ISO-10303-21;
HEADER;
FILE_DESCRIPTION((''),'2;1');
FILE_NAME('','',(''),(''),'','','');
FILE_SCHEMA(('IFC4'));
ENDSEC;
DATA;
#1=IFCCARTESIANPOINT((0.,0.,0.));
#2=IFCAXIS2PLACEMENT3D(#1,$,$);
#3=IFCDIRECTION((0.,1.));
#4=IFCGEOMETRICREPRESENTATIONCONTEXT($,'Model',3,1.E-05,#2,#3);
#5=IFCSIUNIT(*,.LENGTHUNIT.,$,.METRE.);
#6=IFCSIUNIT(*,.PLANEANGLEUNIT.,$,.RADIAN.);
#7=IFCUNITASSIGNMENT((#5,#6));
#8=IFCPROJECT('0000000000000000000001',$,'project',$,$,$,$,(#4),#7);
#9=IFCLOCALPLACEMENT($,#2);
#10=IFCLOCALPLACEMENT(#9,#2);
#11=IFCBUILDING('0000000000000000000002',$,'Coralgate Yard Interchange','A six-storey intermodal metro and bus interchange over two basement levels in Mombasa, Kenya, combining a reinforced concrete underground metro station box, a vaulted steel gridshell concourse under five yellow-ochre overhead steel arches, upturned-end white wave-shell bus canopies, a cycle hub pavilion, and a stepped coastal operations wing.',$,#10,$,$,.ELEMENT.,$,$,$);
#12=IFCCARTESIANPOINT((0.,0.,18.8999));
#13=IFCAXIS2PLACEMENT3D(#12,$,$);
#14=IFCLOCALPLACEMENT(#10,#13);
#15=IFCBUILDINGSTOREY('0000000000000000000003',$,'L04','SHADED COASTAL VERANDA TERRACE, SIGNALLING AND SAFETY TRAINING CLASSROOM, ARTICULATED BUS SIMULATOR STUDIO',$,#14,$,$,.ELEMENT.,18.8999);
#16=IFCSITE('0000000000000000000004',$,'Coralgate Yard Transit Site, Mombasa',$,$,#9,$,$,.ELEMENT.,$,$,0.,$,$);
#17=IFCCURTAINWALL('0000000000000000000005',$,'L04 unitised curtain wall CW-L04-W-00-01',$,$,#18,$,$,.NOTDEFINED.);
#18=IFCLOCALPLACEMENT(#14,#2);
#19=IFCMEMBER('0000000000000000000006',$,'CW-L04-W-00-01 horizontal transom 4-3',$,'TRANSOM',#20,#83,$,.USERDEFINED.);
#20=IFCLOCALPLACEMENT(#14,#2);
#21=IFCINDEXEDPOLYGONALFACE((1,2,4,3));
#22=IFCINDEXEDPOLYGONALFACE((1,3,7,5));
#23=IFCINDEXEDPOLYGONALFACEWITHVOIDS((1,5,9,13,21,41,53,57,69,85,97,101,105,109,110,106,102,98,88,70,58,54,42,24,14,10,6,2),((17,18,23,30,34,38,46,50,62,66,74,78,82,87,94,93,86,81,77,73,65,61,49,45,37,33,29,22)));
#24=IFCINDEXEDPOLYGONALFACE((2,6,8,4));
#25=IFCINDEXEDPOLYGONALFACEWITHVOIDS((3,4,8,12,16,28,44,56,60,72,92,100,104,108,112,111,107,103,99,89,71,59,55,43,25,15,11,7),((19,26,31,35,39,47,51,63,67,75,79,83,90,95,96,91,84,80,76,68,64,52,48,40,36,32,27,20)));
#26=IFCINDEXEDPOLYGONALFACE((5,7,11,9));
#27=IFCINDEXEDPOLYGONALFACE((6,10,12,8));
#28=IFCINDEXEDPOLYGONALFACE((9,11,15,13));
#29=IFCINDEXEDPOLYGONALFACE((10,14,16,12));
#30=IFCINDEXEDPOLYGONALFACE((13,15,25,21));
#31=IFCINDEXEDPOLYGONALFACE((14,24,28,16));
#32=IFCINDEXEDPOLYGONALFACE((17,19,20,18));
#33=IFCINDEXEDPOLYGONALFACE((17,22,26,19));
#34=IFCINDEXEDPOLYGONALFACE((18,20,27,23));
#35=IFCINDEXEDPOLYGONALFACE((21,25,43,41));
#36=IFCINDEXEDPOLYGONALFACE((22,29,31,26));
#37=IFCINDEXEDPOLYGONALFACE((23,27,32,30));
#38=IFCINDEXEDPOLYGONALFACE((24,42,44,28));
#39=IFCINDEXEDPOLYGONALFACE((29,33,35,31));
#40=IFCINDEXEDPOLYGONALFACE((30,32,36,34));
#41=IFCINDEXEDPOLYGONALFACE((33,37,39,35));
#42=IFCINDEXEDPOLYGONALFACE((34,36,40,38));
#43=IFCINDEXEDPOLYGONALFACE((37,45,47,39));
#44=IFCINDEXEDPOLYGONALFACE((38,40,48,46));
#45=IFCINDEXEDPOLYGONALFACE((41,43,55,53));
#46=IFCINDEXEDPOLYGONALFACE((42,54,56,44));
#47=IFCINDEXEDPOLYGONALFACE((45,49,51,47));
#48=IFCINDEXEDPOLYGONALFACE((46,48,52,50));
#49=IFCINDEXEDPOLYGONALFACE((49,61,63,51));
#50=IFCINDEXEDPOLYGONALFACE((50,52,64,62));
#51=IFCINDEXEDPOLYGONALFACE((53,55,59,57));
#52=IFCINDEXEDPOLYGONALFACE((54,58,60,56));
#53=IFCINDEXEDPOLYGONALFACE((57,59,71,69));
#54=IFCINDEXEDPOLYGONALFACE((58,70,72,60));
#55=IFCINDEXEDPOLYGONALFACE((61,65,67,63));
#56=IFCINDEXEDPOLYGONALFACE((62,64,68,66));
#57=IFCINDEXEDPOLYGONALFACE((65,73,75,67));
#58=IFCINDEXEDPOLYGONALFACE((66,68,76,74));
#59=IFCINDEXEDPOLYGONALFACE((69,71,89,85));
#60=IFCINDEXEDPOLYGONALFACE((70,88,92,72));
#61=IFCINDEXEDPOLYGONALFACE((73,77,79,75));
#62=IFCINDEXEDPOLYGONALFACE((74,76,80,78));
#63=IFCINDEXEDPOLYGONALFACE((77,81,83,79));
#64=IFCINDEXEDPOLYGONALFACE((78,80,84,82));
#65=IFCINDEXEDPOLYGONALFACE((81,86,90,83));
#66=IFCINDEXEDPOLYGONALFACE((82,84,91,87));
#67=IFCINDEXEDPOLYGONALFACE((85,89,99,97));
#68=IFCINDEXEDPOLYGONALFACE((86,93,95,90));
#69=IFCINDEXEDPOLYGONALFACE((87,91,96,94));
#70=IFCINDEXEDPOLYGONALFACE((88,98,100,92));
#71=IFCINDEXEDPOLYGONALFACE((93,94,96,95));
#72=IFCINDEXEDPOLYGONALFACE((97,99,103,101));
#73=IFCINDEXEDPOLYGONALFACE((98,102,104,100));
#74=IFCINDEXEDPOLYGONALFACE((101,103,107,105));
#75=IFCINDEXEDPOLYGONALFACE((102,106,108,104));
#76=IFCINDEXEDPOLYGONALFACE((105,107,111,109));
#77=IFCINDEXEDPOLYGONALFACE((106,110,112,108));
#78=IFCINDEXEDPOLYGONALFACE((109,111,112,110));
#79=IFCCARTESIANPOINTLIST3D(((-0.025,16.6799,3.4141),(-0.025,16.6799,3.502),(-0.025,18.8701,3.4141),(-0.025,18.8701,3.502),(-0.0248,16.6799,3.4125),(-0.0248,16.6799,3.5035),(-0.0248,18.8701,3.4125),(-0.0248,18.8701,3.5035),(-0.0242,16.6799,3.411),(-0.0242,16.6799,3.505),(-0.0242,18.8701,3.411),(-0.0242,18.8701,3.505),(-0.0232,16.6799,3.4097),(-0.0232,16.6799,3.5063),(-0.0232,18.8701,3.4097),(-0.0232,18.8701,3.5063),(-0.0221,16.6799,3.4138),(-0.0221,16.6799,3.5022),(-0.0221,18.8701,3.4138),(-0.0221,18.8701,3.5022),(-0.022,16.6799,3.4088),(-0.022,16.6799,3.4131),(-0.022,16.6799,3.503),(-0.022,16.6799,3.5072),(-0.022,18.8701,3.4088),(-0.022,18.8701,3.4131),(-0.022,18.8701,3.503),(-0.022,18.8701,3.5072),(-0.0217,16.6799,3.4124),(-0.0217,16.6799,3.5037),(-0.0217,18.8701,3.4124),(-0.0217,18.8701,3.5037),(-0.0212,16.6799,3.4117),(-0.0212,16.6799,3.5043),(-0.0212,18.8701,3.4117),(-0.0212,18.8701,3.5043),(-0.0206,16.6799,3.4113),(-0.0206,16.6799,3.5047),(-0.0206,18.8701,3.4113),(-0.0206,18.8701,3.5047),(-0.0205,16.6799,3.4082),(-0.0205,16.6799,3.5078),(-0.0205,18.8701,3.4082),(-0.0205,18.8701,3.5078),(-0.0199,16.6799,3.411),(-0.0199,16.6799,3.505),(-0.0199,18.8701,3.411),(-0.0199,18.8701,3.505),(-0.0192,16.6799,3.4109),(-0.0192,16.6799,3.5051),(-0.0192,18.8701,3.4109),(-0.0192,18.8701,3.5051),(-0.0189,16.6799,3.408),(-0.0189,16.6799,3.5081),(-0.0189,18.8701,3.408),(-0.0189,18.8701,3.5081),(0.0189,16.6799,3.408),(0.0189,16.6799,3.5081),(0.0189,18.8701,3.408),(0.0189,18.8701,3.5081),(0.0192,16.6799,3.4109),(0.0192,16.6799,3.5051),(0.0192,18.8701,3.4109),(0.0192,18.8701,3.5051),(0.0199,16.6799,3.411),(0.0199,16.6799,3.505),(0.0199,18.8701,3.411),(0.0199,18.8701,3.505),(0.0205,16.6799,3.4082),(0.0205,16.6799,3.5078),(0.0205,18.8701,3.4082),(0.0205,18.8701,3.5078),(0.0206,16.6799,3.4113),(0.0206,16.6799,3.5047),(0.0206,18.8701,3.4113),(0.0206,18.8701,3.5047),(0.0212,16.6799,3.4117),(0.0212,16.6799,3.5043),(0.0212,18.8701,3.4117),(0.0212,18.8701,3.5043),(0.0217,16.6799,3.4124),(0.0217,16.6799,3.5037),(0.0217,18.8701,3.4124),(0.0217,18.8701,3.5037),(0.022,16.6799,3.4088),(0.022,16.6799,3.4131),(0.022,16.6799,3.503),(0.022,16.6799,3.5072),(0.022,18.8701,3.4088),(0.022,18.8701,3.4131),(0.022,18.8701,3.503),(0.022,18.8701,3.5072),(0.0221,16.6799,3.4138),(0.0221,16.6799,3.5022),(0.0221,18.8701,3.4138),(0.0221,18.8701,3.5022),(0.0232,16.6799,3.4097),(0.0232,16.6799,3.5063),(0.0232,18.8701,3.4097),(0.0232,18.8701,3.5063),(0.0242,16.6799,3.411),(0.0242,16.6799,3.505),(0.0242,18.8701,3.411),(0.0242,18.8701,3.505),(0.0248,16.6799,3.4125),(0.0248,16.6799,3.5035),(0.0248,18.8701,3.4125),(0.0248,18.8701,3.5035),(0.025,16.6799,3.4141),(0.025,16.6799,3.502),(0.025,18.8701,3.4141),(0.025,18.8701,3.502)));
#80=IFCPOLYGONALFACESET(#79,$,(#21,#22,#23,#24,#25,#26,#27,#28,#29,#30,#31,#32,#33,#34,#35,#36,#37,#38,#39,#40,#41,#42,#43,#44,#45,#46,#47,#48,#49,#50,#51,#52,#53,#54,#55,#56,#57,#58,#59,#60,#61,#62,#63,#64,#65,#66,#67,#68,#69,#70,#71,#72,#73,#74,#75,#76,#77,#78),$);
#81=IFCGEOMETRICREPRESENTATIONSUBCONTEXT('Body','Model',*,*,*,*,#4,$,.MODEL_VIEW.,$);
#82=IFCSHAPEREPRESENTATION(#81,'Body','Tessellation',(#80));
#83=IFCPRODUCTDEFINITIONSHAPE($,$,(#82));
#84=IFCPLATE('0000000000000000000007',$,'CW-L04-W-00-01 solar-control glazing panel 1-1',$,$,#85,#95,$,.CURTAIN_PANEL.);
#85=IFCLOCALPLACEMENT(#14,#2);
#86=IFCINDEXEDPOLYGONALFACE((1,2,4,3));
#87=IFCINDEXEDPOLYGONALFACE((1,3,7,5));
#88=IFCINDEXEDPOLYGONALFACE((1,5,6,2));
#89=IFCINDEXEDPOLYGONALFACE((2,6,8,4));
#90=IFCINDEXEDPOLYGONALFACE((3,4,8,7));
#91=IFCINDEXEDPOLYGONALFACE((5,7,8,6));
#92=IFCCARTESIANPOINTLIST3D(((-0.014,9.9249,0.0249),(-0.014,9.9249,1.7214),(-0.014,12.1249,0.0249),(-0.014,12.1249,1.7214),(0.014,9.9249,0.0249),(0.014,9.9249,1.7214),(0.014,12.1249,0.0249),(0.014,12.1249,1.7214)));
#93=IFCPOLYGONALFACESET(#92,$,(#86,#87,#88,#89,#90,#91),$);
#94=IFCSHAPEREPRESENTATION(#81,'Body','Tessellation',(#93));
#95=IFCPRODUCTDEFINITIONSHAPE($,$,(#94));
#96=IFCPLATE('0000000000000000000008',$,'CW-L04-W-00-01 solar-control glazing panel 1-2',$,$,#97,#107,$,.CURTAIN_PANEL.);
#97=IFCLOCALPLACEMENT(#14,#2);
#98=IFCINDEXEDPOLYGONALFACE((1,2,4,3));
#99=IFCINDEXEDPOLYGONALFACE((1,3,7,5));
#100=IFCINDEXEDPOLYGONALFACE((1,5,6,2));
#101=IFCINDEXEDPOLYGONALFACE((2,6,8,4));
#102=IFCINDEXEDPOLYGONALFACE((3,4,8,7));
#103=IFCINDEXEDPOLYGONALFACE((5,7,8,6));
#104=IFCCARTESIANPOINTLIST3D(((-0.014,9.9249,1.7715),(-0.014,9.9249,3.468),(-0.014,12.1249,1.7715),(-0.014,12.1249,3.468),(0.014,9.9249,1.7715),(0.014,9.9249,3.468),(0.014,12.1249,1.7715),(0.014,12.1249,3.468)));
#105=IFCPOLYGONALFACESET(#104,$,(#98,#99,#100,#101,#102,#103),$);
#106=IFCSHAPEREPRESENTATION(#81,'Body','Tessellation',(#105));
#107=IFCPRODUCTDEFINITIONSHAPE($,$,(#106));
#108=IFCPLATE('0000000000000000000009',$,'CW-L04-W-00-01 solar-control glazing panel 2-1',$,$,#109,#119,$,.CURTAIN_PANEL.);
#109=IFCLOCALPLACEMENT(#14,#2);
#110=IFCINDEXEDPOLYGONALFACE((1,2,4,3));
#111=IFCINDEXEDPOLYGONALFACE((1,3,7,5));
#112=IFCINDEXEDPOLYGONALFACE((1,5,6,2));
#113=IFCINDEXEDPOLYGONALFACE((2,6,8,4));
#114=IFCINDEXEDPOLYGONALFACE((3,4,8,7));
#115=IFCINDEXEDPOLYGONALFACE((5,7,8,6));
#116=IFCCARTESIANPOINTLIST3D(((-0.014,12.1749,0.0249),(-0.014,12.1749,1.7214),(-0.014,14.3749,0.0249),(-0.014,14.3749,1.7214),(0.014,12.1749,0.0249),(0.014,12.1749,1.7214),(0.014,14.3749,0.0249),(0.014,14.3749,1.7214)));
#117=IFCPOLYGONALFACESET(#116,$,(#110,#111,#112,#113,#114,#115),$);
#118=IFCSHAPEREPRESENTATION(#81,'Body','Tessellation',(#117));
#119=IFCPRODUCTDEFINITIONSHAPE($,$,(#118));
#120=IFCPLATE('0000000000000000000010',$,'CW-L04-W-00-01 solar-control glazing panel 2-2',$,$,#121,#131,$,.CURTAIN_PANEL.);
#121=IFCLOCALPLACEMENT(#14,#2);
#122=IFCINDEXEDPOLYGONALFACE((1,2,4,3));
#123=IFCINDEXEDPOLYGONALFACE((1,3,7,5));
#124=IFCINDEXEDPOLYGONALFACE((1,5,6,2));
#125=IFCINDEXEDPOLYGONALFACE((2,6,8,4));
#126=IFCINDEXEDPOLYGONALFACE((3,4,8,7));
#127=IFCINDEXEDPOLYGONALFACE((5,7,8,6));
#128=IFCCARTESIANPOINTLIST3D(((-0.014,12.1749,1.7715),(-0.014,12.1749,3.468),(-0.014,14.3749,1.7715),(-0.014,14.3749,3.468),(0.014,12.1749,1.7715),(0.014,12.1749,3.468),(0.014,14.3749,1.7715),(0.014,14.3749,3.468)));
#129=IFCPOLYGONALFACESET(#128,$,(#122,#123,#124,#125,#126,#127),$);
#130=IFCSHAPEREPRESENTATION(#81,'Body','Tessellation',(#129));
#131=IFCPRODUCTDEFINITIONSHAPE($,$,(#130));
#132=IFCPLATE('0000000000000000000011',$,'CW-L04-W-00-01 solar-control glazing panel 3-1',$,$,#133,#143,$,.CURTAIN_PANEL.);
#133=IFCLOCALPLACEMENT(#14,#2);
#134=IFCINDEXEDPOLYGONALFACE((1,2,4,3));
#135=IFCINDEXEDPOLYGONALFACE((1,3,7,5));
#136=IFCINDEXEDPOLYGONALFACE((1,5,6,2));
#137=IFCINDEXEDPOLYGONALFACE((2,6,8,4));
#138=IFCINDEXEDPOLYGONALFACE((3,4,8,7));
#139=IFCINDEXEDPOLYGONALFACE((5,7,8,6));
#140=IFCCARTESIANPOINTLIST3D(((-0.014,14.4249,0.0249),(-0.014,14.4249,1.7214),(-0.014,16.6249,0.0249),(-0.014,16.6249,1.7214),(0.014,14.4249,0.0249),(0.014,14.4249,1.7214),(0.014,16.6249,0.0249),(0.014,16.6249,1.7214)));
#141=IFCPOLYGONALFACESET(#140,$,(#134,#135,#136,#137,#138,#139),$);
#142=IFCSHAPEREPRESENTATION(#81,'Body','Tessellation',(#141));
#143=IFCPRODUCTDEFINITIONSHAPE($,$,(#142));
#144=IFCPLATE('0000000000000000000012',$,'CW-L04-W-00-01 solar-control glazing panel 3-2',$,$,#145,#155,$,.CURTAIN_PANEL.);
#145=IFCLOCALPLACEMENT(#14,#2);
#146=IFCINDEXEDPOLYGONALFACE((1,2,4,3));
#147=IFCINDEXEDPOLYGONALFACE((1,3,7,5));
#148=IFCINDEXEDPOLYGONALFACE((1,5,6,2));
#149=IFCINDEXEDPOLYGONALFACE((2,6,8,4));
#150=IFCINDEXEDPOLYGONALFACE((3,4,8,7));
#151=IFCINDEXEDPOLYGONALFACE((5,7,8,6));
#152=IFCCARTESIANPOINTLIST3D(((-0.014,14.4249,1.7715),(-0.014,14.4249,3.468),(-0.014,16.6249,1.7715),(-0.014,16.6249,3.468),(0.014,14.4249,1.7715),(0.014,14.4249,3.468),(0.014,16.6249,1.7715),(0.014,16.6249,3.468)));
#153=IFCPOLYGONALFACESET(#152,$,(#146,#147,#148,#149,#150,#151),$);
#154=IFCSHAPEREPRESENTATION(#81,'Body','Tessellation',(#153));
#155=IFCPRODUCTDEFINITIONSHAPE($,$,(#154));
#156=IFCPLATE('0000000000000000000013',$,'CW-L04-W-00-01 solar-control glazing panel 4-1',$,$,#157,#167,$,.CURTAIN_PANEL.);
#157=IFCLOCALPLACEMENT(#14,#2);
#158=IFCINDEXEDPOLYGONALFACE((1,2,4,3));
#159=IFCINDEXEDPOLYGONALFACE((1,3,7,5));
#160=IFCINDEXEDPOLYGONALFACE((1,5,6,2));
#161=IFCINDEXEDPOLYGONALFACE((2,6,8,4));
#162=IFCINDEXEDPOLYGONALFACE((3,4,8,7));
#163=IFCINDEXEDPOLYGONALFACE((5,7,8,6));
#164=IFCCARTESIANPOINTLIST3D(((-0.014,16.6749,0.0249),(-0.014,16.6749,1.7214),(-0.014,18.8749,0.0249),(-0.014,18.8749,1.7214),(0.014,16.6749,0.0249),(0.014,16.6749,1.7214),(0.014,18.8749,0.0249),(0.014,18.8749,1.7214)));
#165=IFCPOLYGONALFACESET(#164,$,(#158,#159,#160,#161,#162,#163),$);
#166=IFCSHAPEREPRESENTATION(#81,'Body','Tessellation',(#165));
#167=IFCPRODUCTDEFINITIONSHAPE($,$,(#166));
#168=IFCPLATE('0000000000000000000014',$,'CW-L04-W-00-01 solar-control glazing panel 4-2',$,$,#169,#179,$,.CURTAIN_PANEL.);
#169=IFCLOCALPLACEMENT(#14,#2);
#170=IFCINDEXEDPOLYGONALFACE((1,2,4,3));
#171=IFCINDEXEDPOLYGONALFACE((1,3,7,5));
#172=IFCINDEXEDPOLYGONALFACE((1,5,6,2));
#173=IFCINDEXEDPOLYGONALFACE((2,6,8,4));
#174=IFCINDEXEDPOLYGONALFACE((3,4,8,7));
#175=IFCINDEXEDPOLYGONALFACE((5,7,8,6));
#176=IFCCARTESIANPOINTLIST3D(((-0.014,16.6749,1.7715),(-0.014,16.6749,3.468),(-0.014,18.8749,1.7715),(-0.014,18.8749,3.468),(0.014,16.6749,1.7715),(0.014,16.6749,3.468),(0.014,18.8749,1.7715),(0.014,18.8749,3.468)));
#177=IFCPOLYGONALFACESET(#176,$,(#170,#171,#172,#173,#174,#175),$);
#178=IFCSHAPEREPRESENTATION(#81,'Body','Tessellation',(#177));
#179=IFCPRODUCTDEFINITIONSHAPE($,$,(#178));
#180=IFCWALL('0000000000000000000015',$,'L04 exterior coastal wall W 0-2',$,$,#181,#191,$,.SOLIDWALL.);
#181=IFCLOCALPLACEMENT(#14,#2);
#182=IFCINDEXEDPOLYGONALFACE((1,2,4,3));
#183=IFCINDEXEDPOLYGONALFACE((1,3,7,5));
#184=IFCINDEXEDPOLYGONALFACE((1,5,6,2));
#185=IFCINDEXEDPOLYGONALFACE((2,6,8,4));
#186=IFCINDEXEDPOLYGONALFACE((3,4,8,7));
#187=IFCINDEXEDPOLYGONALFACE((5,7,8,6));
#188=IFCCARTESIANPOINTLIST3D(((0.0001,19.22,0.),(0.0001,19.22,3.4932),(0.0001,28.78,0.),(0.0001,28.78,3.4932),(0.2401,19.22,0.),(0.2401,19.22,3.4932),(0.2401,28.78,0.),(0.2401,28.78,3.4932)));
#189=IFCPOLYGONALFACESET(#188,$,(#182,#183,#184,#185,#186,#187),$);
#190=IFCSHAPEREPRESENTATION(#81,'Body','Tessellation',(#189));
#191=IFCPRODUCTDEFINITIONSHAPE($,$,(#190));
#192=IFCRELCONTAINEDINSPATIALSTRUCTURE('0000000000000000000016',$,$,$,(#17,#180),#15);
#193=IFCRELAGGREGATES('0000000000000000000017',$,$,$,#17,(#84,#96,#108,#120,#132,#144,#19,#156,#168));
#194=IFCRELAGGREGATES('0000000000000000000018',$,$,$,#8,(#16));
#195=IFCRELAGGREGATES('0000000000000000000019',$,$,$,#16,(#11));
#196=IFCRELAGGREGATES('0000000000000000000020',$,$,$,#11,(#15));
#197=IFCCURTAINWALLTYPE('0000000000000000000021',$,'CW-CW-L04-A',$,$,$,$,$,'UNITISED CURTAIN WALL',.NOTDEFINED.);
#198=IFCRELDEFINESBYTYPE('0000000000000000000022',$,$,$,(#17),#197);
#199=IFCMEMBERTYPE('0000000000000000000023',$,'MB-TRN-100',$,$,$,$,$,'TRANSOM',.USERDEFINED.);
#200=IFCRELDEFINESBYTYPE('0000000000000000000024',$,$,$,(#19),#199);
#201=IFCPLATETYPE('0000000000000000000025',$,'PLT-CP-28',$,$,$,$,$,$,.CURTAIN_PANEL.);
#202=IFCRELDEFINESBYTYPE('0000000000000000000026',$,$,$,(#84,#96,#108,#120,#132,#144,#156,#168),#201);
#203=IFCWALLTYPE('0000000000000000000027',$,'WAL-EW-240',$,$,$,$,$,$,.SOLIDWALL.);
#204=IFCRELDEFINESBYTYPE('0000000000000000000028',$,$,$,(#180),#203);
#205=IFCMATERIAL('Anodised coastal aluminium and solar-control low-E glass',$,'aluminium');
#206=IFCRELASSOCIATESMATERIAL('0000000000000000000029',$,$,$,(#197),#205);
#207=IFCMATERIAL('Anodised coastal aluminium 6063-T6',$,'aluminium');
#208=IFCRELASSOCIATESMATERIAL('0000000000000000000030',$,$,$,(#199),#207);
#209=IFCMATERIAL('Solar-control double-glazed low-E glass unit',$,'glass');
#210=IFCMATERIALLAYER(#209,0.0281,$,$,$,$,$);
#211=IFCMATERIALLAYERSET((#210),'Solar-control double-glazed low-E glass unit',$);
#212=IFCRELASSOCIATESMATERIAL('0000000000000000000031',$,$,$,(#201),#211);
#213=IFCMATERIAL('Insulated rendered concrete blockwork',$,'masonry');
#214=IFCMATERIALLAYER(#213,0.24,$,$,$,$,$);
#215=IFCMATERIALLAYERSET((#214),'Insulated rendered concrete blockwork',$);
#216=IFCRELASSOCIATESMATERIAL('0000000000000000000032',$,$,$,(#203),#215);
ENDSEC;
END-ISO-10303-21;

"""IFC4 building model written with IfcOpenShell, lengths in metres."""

from ifc_helpers import new_model, si_unit, direction, frame, frame_2d, origin, origin_2d, place, context, subcontext, project, spatial, rectangle, hollow_rectangle, extrude, material, layer, layer_set, material_profile, profile_set, type_object, element, aggregate, save


model = new_model("IFC4")

# Units and contexts
model_context = context("Model", 3, precision=1e-05, world=origin(), true_north=direction((0.0, 1.0)))
body_context = subcontext(model_context, "Body", "Model", "MODEL_VIEW")
ifc_project = project(units=[si_unit("LENGTHUNIT", "METRE"), si_unit("PLANEANGLEUNIT", "RADIAN")], contexts=[model_context])

# Site, building, storey
site_placement = place(None, origin())
site = spatial("IfcSite", under=ifc_project, at=site_placement, Name="Coralgate Yard Transit Site, Mombasa", CompositionType="ELEMENT", RefElevation=0.0)
building_placement = place(site_placement, origin())
building = spatial("IfcBuilding", under=site, at=building_placement, Name="Coralgate Yard Interchange", Description="A six-storey intermodal metro and bus interchange over two basement levels in Mombasa, Kenya, combining a reinforced concrete underground metro station box, a vaulted steel gridshell concourse under five yellow-ochre overhead steel arches, upturned-end white wave-shell bus canopies, a cycle hub pavilion, and a stepped coastal operations wing.", CompositionType="ELEMENT")
storey_placement = place(building_placement, frame((0.0, 0.0, 18.8999)))
storey = spatial("IfcBuildingStorey", under=building, at=storey_placement, Name="L04", Description="SHADED COASTAL VERANDA TERRACE, SIGNALLING AND SAFETY TRAINING CLASSROOM, ARTICULATED BUS SIMULATOR STUDIO", CompositionType="ELEMENT", Elevation=18.8999)

# Curtain wall, member, plates
ifc_material_1 = material(Name="Anodised coastal aluminium and solar-control low-E glass", Category="aluminium")
curtain_wall_type = type_object("IfcCurtainWallType", Name="CW-CW-L04-A", ElementType="UNITISED CURTAIN WALL", PredefinedType="NOTDEFINED", material=ifc_material_1)
curtain_wall_placement = place(storey_placement, origin())
curtain_wall = element("IfcCurtainWall", 1, at=curtain_wall_placement, inside=storey, type_object=curtain_wall_type, Name="L04 unitised curtain wall CW-L04-W-00-01", PredefinedType="NOTDEFINED")
ifc_material_2 = material(Name="Anodised coastal aluminium 6063-T6", Category="aluminium")
ifc_material_profile_1 = material_profile(ifc_material_2, hollow_rectangle(XDim=0.05, YDim=0.1001, WallThickness=0.0029, InnerFilletRadius=0.0029, OuterFilletRadius=0.0061, at=origin_2d()), Name="ALU 50x100x3")
ifc_profile_set_1 = profile_set([ifc_material_profile_1], Name="Anodised coastal aluminium 6063-T6")
member_type_1 = type_object("IfcMemberType", Name="MB-TRN-100", ElementType="TRANSOM", PredefinedType="USERDEFINED", material=ifc_profile_set_1)
member_1_placement = place(storey_placement, frame((0.0, 16.6799, 3.458), z_axis=(0.0, 1.0, 0.0), x_axis=(-1.0, 0.0, 0.0)))
member_1 = element("IfcMember", 2, at=member_1_placement, type_object=member_type_1, Name="CW-L04-W-00-01 horizontal transom 4-3", ObjectType="TRANSOM", PredefinedType="USERDEFINED", context=body_context, shape_type="SweptSolid", body=[
    extrude(hollow_rectangle(XDim=0.05, YDim=0.1001, WallThickness=0.0029, InnerFilletRadius=0.0029, OuterFilletRadius=0.0061, at=origin_2d()), origin(), (0.0, 0.0, 1.0), 2.1902),
])
ifc_material_3 = material(Name="Solar-control double-glazed low-E glass unit", Category="glass")
ifc_layer_1 = layer(ifc_material_3, 0.0281)
ifc_layer_set_1 = layer_set([ifc_layer_1], Name="Solar-control double-glazed low-E glass unit")
plate_type = type_object("IfcPlateType", Name="PLT-CP-28", PredefinedType="CURTAIN_PANEL", material=ifc_layer_set_1)
plate_1_placement = place(storey_placement, frame((0.0, 11.0249, 0.0249), z_axis=(0.0, 0.0, 1.0), x_axis=(0.0, 1.0, 0.0)))
plate_1 = element("IfcPlate", 3, at=plate_1_placement, type_object=plate_type, Name="CW-L04-W-00-01 solar-control glazing panel 1-1", PredefinedType="CURTAIN_PANEL", context=body_context, shape_type="SweptSolid", body=[
    extrude(rectangle(XDim=2.2, YDim=0.0281, at=origin_2d()), origin(), (0.0, 0.0, 1.0), 1.6965),
])
plate_2_placement = place(storey_placement, frame((0.0, 11.0249, 1.7715), z_axis=(0.0, 0.0, 1.0), x_axis=(0.0, 1.0, 0.0)))
plate_2 = element("IfcPlate", 4, at=plate_2_placement, type_object=plate_type, Name="CW-L04-W-00-01 solar-control glazing panel 1-2", PredefinedType="CURTAIN_PANEL", context=body_context, shape_type="SweptSolid", body=[
    extrude(rectangle(XDim=2.2, YDim=0.0281, at=origin_2d()), origin(), (0.0, 0.0, 1.0), 1.6965),
])
plate_3_placement = place(storey_placement, frame((0.0, 13.2749, 0.0249), z_axis=(0.0, 0.0, 1.0), x_axis=(0.0, 1.0, 0.0)))
plate_3 = element("IfcPlate", 5, at=plate_3_placement, type_object=plate_type, Name="CW-L04-W-00-01 solar-control glazing panel 2-1", PredefinedType="CURTAIN_PANEL", context=body_context, shape_type="SweptSolid", body=[
    extrude(rectangle(XDim=2.2, YDim=0.0281, at=origin_2d()), origin(), (0.0, 0.0, 1.0), 1.6965),
])
plate_4_placement = place(storey_placement, frame((0.0, 13.2749, 1.7715), z_axis=(0.0, 0.0, 1.0), x_axis=(0.0, 1.0, 0.0)))
plate_4 = element("IfcPlate", 6, at=plate_4_placement, type_object=plate_type, Name="CW-L04-W-00-01 solar-control glazing panel 2-2", PredefinedType="CURTAIN_PANEL", context=body_context, shape_type="SweptSolid", body=[
    extrude(rectangle(XDim=2.2, YDim=0.0281, at=origin_2d()), origin(), (0.0, 0.0, 1.0), 1.6965),
])
plate_5_placement = place(storey_placement, frame((0.0, 15.5249, 0.0249), z_axis=(0.0, 0.0, 1.0), x_axis=(0.0, 1.0, 0.0)))
plate_5 = element("IfcPlate", 7, at=plate_5_placement, type_object=plate_type, Name="CW-L04-W-00-01 solar-control glazing panel 3-1", PredefinedType="CURTAIN_PANEL", context=body_context, shape_type="SweptSolid", body=[
    extrude(rectangle(XDim=2.2, YDim=0.0281, at=origin_2d()), origin(), (0.0, 0.0, 1.0), 1.6965),
])
plate_6_placement = place(storey_placement, frame((0.0, 15.5249, 1.7715), z_axis=(0.0, 0.0, 1.0), x_axis=(0.0, 1.0, 0.0)))
plate_6 = element("IfcPlate", 8, at=plate_6_placement, type_object=plate_type, Name="CW-L04-W-00-01 solar-control glazing panel 3-2", PredefinedType="CURTAIN_PANEL", context=body_context, shape_type="SweptSolid", body=[
    extrude(rectangle(XDim=2.2, YDim=0.0281, at=origin_2d()), origin(), (0.0, 0.0, 1.0), 1.6965),
])
plate_7_placement = place(storey_placement, frame((0.0, 17.7749, 0.0249), z_axis=(0.0, 0.0, 1.0), x_axis=(0.0, 1.0, 0.0)))
plate_7 = element("IfcPlate", 9, at=plate_7_placement, type_object=plate_type, Name="CW-L04-W-00-01 solar-control glazing panel 4-1", PredefinedType="CURTAIN_PANEL", context=body_context, shape_type="SweptSolid", body=[
    extrude(rectangle(XDim=2.2, YDim=0.0281, at=origin_2d()), origin(), (0.0, 0.0, 1.0), 1.6965),
])
plate_8_placement = place(storey_placement, frame((0.0, 17.7749, 1.7715), z_axis=(0.0, 0.0, 1.0), x_axis=(0.0, 1.0, 0.0)))
plate_8 = element("IfcPlate", 10, at=plate_8_placement, type_object=plate_type, Name="CW-L04-W-00-01 solar-control glazing panel 4-2", PredefinedType="CURTAIN_PANEL", context=body_context, shape_type="SweptSolid", body=[
    extrude(rectangle(XDim=2.2, YDim=0.0281, at=origin_2d()), origin(), (0.0, 0.0, 1.0), 1.6965),
])
aggregate(curtain_wall, [plate_1, plate_2, plate_3, plate_4, plate_5, plate_6, member_1, plate_7, plate_8])

# Wall
ifc_material_4 = material(Name="Insulated rendered concrete blockwork", Category="masonry")
ifc_layer_2 = layer(ifc_material_4, 0.24)
ifc_layer_set_2 = layer_set([ifc_layer_2], Name="Insulated rendered concrete blockwork")
wall_type_1 = type_object("IfcWallType", Name="WAL-EW-240", PredefinedType="SOLIDWALL", material=ifc_layer_set_2)
wall_1_placement = place(storey_placement, frame((0.1201, 19.22, 0.0), z_axis=(0.0, 0.0, 1.0), x_axis=(0.0, 1.0, 0.0)))
element("IfcWall", 11, at=wall_1_placement, inside=storey, type_object=wall_type_1, Name="L04 exterior coastal wall W 0-2", PredefinedType="SOLIDWALL", context=body_context, shape_type="SweptSolid", body=[
    extrude(rectangle(XDim=9.5601, YDim=0.24, at=frame_2d((4.78, 0.0))), origin(), (0.0, 0.0, 1.0), 3.4932),
])

save(model, "model.ifc")
